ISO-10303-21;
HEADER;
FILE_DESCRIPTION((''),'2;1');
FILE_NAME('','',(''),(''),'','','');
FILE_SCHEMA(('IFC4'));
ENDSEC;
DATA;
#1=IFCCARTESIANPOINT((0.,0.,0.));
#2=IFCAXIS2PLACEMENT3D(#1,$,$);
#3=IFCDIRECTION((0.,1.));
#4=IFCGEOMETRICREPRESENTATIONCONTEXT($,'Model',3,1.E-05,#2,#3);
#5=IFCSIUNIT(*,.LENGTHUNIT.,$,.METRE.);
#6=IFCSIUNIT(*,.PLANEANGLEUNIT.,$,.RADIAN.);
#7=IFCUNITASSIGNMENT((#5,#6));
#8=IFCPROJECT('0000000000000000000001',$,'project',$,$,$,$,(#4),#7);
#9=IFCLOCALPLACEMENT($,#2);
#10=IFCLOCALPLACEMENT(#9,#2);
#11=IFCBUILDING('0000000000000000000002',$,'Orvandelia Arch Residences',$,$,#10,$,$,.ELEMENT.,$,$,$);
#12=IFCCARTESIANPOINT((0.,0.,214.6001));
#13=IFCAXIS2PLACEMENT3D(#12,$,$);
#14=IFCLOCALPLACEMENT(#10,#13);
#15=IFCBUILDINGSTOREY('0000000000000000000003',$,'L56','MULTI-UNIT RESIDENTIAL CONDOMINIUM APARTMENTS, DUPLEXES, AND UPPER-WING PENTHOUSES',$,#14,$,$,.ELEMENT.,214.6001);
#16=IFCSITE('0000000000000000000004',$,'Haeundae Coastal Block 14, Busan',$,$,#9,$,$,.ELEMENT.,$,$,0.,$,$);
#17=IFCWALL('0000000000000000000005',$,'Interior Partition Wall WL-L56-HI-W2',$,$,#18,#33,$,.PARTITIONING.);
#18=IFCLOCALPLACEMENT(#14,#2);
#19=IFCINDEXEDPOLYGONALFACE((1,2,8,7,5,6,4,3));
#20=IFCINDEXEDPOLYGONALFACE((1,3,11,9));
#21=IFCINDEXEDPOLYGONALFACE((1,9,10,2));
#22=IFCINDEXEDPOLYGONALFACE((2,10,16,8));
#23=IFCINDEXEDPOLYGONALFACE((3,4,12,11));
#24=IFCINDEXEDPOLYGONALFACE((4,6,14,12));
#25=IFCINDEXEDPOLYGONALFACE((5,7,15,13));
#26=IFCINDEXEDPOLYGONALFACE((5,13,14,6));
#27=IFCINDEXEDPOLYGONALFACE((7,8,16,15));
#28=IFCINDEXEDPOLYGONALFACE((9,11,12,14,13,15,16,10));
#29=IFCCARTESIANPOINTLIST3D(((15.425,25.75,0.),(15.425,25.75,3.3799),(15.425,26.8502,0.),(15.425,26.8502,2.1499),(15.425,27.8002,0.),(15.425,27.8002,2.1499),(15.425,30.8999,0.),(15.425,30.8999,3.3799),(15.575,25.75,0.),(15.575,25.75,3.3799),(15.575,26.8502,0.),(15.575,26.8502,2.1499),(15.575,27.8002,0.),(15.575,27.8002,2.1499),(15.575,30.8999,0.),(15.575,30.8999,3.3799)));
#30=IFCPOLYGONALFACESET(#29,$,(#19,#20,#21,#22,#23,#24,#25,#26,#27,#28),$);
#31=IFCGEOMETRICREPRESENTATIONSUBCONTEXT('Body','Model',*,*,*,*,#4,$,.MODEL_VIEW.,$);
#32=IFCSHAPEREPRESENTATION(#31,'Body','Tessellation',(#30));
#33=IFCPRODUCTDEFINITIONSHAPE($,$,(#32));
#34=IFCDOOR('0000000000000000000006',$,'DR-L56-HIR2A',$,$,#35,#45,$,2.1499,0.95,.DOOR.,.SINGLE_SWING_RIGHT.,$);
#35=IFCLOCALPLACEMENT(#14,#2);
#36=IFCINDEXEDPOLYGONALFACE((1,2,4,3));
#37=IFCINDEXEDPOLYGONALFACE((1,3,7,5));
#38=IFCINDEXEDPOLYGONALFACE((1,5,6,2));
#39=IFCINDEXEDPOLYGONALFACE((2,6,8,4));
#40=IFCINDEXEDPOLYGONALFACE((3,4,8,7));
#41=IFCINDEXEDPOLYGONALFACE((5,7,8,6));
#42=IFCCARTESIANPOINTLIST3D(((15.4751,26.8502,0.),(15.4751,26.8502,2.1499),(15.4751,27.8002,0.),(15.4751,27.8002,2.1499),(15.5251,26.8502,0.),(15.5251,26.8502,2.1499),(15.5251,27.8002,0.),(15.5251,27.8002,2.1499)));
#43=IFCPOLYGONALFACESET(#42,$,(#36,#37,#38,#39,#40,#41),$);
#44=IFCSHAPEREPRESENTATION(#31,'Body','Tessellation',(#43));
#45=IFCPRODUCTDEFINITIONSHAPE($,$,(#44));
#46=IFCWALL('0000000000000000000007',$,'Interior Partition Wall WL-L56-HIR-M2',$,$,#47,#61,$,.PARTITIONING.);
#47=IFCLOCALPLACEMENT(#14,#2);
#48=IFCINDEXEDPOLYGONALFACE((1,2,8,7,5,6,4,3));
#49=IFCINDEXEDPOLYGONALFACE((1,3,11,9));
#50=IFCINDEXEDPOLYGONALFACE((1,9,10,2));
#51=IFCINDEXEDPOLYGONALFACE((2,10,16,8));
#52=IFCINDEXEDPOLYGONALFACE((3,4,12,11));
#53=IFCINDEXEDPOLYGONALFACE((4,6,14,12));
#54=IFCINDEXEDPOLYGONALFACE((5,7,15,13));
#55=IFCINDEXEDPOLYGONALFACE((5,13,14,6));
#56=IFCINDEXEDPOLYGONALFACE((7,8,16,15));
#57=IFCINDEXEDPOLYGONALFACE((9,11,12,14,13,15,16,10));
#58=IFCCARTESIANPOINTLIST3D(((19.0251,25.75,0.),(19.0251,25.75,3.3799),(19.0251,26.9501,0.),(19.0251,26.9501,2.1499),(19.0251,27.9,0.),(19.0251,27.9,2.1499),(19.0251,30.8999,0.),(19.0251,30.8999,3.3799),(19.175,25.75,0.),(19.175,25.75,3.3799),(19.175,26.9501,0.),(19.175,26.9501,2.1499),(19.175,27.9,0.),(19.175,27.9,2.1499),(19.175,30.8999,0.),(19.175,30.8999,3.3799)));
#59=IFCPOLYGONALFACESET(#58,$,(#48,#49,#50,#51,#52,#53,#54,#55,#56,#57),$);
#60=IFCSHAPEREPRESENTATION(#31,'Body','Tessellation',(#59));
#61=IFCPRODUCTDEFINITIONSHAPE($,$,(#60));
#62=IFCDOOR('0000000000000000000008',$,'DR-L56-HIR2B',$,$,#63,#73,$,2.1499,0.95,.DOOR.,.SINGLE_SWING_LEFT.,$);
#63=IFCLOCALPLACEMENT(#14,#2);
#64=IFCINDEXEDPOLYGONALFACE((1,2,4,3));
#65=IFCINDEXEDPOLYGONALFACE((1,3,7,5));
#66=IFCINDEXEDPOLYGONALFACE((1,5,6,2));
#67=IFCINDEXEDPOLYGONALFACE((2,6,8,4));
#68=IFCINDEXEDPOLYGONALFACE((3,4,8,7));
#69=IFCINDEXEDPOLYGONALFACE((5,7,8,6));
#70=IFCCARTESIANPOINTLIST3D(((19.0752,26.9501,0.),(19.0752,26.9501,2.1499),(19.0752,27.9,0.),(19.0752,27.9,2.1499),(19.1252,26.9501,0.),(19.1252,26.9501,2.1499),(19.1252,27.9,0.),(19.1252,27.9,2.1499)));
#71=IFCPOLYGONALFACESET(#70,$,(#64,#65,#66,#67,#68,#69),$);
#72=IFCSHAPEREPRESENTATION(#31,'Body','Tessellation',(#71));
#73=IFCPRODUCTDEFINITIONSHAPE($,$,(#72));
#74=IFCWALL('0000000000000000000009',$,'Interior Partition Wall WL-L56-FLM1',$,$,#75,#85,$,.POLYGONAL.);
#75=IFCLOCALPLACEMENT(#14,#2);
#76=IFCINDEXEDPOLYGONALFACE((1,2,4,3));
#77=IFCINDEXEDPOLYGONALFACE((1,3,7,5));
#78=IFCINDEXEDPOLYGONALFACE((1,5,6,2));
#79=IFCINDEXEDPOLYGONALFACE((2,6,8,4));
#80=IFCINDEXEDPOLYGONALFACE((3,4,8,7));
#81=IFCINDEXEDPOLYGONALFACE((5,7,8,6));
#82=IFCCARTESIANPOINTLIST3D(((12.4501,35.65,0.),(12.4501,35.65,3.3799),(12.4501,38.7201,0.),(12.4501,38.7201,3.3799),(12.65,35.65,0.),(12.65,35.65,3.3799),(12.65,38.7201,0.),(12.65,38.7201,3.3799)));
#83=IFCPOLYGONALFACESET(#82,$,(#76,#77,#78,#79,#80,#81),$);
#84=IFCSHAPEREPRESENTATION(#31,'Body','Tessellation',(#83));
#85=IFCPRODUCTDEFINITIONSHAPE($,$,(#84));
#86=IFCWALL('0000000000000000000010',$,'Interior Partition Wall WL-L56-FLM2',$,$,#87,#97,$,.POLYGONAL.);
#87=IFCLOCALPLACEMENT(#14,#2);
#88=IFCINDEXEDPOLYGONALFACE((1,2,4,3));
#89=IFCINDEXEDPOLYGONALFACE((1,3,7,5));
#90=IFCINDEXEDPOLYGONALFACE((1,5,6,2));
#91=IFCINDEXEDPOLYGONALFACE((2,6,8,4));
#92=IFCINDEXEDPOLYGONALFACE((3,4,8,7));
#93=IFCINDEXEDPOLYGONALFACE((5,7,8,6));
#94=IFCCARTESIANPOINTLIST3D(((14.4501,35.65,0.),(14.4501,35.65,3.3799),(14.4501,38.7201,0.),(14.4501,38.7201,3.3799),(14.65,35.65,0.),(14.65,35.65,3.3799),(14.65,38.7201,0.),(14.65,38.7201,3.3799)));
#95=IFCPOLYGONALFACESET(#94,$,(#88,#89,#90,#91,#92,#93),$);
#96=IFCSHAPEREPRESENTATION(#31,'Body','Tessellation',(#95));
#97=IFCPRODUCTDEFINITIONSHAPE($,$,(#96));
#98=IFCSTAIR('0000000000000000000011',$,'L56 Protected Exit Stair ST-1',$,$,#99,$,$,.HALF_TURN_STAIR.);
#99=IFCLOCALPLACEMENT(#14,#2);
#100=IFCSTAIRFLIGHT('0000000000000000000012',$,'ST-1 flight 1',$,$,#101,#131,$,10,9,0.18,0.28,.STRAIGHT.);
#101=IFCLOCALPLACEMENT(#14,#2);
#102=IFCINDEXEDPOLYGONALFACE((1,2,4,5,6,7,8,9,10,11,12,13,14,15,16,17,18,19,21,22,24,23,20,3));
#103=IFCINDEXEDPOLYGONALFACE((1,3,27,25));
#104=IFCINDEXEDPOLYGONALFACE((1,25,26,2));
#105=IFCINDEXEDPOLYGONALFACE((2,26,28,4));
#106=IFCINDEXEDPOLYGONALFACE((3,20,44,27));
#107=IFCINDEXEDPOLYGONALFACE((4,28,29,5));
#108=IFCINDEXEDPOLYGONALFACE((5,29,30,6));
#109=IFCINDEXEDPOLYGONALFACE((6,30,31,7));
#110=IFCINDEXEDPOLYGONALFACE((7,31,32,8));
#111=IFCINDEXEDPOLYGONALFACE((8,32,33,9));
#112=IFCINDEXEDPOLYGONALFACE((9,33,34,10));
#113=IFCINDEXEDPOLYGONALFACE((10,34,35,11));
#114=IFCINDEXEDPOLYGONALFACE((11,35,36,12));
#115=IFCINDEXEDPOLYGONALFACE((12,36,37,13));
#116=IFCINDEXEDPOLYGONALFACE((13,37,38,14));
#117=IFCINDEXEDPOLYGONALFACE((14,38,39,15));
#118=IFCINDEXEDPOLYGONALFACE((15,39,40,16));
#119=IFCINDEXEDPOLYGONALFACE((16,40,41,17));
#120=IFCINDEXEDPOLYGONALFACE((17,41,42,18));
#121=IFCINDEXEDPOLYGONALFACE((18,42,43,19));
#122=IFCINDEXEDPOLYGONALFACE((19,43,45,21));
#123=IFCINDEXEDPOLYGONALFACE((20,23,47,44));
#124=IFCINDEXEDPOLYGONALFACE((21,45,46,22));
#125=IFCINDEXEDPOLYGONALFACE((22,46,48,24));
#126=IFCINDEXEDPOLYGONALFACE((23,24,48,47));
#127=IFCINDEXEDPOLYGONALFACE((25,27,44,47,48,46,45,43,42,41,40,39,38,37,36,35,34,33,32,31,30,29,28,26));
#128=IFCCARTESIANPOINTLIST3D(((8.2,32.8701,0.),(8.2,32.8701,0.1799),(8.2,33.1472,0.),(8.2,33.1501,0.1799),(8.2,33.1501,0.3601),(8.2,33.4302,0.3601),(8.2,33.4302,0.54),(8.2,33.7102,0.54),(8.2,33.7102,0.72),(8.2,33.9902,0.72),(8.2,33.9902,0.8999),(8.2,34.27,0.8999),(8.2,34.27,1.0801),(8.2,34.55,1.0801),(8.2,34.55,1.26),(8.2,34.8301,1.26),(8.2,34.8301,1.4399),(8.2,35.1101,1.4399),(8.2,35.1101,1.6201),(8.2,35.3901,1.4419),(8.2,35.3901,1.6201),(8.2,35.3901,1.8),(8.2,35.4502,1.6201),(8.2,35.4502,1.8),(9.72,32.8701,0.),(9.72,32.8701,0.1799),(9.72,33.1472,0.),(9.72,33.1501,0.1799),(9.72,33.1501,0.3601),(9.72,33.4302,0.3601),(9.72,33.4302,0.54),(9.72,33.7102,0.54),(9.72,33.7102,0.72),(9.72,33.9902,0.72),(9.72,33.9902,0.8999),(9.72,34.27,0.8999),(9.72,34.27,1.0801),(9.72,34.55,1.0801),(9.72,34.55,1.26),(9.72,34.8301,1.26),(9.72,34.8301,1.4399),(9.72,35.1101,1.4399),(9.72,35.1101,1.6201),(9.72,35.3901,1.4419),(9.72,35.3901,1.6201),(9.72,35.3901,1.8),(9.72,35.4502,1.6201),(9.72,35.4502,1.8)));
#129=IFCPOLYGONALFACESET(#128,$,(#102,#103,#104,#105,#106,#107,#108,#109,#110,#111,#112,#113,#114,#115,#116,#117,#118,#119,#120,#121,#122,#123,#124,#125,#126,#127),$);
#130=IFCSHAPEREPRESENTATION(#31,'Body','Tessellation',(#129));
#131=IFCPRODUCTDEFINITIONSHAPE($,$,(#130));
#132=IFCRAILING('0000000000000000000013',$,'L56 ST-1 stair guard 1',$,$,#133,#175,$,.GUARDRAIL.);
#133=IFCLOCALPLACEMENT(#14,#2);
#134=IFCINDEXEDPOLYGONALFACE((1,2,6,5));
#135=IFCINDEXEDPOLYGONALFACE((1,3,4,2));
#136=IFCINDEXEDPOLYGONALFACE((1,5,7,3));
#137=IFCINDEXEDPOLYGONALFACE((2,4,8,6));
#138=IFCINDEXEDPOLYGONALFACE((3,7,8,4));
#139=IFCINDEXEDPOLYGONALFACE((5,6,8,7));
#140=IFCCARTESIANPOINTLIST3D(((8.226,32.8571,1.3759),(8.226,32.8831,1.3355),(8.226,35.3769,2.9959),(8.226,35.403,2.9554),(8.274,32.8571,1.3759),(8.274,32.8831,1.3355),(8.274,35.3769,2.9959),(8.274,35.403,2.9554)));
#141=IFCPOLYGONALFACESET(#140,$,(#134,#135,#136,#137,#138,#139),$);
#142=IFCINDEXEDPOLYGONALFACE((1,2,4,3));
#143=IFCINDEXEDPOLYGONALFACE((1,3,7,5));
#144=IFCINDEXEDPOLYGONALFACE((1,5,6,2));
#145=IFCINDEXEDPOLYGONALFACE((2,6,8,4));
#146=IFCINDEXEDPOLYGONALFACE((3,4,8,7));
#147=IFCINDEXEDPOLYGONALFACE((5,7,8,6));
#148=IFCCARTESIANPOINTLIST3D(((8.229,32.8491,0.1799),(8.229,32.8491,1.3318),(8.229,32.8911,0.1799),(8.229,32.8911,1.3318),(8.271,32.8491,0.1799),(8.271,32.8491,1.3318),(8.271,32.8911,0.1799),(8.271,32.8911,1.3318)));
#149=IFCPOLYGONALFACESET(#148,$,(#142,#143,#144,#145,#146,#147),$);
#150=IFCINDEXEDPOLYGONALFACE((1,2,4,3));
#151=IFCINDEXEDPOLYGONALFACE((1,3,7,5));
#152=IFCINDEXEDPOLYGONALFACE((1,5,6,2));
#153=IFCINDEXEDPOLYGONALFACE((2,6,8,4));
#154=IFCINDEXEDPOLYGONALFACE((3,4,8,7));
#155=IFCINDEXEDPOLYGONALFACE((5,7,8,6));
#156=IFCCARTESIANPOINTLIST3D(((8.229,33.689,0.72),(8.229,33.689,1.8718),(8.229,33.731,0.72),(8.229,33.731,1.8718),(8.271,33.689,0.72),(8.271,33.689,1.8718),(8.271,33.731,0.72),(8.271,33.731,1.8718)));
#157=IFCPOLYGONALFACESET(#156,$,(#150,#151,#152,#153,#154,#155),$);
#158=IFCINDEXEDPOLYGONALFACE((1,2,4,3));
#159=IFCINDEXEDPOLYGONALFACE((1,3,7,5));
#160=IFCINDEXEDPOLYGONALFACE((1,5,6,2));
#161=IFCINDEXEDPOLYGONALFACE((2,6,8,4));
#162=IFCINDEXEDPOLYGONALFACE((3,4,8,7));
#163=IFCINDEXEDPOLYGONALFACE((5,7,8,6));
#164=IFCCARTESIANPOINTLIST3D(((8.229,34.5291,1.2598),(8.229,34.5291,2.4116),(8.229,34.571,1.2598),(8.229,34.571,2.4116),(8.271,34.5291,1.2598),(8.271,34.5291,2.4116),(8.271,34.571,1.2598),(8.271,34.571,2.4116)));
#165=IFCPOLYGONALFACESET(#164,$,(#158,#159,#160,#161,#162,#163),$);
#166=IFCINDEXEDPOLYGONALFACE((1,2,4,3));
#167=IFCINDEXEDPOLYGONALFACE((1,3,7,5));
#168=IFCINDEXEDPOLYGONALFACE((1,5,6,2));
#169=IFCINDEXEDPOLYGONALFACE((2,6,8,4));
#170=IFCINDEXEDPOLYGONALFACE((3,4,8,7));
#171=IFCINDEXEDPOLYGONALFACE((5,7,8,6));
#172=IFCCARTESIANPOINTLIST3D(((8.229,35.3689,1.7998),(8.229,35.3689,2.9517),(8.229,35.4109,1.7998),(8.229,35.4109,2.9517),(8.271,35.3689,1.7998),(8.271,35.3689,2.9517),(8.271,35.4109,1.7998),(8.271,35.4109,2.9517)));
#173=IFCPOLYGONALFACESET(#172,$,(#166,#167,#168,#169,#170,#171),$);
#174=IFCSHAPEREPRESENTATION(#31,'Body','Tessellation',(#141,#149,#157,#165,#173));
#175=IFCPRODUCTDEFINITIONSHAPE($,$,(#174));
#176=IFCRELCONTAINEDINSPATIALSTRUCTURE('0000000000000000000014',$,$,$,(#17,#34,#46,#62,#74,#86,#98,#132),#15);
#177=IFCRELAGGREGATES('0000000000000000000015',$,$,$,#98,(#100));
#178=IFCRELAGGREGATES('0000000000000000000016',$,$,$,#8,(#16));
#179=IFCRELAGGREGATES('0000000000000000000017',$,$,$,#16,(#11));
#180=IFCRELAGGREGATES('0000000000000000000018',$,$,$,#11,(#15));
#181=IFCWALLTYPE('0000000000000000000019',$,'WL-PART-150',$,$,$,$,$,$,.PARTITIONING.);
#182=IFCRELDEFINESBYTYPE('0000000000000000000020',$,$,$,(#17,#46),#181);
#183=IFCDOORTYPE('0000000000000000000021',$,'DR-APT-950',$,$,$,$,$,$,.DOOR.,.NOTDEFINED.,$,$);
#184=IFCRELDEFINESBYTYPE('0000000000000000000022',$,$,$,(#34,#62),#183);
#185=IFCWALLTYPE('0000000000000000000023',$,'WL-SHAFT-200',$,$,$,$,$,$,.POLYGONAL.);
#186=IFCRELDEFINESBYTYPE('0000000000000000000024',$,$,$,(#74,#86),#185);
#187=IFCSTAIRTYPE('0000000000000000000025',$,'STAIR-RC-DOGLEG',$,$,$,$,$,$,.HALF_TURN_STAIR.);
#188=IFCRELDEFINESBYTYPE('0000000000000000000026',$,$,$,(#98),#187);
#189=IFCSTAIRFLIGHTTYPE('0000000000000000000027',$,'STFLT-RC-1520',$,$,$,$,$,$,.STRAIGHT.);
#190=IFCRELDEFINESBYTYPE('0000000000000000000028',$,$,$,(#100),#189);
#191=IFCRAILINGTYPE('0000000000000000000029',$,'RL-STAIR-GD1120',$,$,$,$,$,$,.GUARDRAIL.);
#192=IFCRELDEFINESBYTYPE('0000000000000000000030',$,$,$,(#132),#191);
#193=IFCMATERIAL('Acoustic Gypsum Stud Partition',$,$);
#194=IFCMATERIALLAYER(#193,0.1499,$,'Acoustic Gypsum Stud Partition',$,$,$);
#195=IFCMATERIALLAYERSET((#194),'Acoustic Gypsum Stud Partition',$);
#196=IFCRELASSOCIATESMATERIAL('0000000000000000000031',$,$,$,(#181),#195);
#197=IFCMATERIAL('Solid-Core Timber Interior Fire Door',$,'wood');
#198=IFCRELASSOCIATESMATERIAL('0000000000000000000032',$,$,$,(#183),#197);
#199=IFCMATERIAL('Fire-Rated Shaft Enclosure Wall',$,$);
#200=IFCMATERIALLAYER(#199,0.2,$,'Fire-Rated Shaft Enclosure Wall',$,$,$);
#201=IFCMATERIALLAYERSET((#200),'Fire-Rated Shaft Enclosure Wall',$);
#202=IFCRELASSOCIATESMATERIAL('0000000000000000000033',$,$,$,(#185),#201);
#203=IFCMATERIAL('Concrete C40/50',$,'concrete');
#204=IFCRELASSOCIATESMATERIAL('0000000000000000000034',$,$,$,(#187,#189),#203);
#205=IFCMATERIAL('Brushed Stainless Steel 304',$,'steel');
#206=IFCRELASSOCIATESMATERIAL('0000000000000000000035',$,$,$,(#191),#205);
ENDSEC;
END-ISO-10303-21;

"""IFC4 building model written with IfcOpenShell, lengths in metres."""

from ifc_helpers import new_model, si_unit, direction, frame, frame_2d, origin, origin_2d, place, context, subcontext, project, spatial, polyline, rectangle, outline, extrude, material, layer, layer_set, type_object, element, fill, aggregate, save


model = new_model("IFC4")

# Units and contexts
model_context = context("Model", 3, precision=1e-05, world=origin(), true_north=direction((0.0, 1.0)))
body_context = subcontext(model_context, "Body", "Model", "MODEL_VIEW")
ifc_project = project(units=[si_unit("LENGTHUNIT", "METRE"), si_unit("PLANEANGLEUNIT", "RADIAN")], contexts=[model_context])

# Site, building, storey
site_placement = place(None, origin())
site = spatial("IfcSite", under=ifc_project, at=site_placement, Name="Haeundae Coastal Block 14, Busan", CompositionType="ELEMENT", RefElevation=0.0)
building_placement = place(site_placement, origin())
building = spatial("IfcBuilding", under=site, at=building_placement, Name="Orvandelia Arch Residences", CompositionType="ELEMENT")
storey_placement = place(building_placement, frame((0.0, 0.0, 214.6001)))
storey = spatial("IfcBuildingStorey", under=building, at=storey_placement, Name="L56", Description="MULTI-UNIT RESIDENTIAL CONDOMINIUM APARTMENTS, DUPLEXES, AND UPPER-WING PENTHOUSES", CompositionType="ELEMENT", Elevation=214.6001)

# Walls, openings, doors
ifc_material_1 = material(Name="Acoustic Gypsum Stud Partition")
ifc_layer_1 = layer(ifc_material_1, 0.1499, Name="Acoustic Gypsum Stud Partition")
ifc_layer_set_1 = layer_set([ifc_layer_1], Name="Acoustic Gypsum Stud Partition")
wall_type_1 = type_object("IfcWallType", Name="WL-PART-150", PredefinedType="PARTITIONING", material=ifc_layer_set_1)
ifc_material_2 = material(Name="Solid-Core Timber Interior Fire Door", Category="wood")
door_type_1 = type_object("IfcDoorType", Name="DR-APT-950", OperationType="NOTDEFINED", PredefinedType="DOOR", material=ifc_material_2)
wall_1_placement = place(storey_placement, frame((15.5, 25.75, 0.0), z_axis=(0.0, 0.0, 1.0), x_axis=(0.0, 1.0, 0.0)))
wall_1 = element("IfcWall", 1, at=wall_1_placement, inside=storey, type_object=wall_type_1, Name="Interior Partition Wall WL-L56-HI-W2", PredefinedType="PARTITIONING", context=body_context, shape_type="SweptSolid", body=[
    extrude(rectangle(XDim=5.1499, YDim=0.1499, at=frame_2d((2.575, 0.0))), origin(), (0.0, 0.0, 1.0), 3.3799),
])
opening_1_placement = place(wall_1_placement, frame((1.1001, 0.0, 0.0)))
opening_1 = element("IfcOpeningElement", 2, at=opening_1_placement, cuts=wall_1, PredefinedType="OPENING", context=body_context, shape_type="SweptSolid", body=[
    extrude(rectangle(XDim=0.95, YDim=2.1499, at=frame_2d((0.4751, 1.075))), frame((0.0, 0.085, 0.0), z_axis=(0.0, -1.0, 0.0), x_axis=(1.0, 0.0, 0.0)), (0.0, 0.0, 1.0), 0.1699),
])
door_1_placement = place(opening_1_placement, origin())
door_1 = element("IfcDoor", 3, at=door_1_placement, inside=storey, type_object=door_type_1, Name="DR-L56-HIR2A", OperationType="SINGLE_SWING_RIGHT", OverallHeight=2.1499, OverallWidth=0.95, PredefinedType="DOOR", context=body_context, shape_type="SweptSolid", body=[
    extrude(rectangle(XDim=0.95, YDim=2.1499, at=frame_2d((0.4751, 1.075))), frame((0.0, 0.0249, 0.0), z_axis=(0.0, -1.0, 0.0), x_axis=(1.0, 0.0, 0.0)), (0.0, 0.0, 1.0), 0.05),
])
fill(opening_1, door_1)
wall_2_placement = place(storey_placement, frame((19.1001, 25.75, 0.0), z_axis=(0.0, 0.0, 1.0), x_axis=(0.0, 1.0, 0.0)))
wall_2 = element("IfcWall", 4, at=wall_2_placement, inside=storey, type_object=wall_type_1, Name="Interior Partition Wall WL-L56-HIR-M2", PredefinedType="PARTITIONING", context=body_context, shape_type="SweptSolid", body=[
    extrude(rectangle(XDim=5.1499, YDim=0.1499, at=frame_2d((2.575, 0.0))), origin(), (0.0, 0.0, 1.0), 3.3799),
])
opening_2_placement = place(wall_2_placement, frame((1.2, 0.0, 0.0)))
opening_2 = element("IfcOpeningElement", 5, at=opening_2_placement, cuts=wall_2, PredefinedType="OPENING", context=body_context, shape_type="SweptSolid", body=[
    extrude(rectangle(XDim=0.95, YDim=2.1499, at=frame_2d((0.4751, 1.075))), frame((0.0, 0.085, 0.0), z_axis=(0.0, -1.0, 0.0), x_axis=(1.0, 0.0, 0.0)), (0.0, 0.0, 1.0), 0.1699),
])
door_2_placement = place(opening_2_placement, origin())
door_2 = element("IfcDoor", 6, at=door_2_placement, inside=storey, type_object=door_type_1, Name="DR-L56-HIR2B", OperationType="SINGLE_SWING_LEFT", OverallHeight=2.1499, OverallWidth=0.95, PredefinedType="DOOR", context=body_context, shape_type="SweptSolid", body=[
    extrude(rectangle(XDim=0.95, YDim=2.1499, at=frame_2d((0.4751, 1.075))), frame((0.0, 0.0249, 0.0), z_axis=(0.0, -1.0, 0.0), x_axis=(1.0, 0.0, 0.0)), (0.0, 0.0, 1.0), 0.05),
])
fill(opening_2, door_2)

# Walls
ifc_material_3 = material(Name="Fire-Rated Shaft Enclosure Wall")
ifc_layer_2 = layer(ifc_material_3, 0.2, Name="Fire-Rated Shaft Enclosure Wall")
ifc_layer_set_2 = layer_set([ifc_layer_2], Name="Fire-Rated Shaft Enclosure Wall")
wall_type_2 = type_object("IfcWallType", Name="WL-SHAFT-200", PredefinedType="POLYGONAL", material=ifc_layer_set_2)
for number, where, z_axis, x_axis, name in (
    (7, (12.55, 35.6499, 0.0), (0.0, 0.0, 1.0), (0.0, 1.0, 0.0), "Interior Partition Wall WL-L56-FLM1"),
    (8, (14.55, 35.6499, 0.0), (0.0, 0.0, 1.0), (0.0, 1.0, 0.0), "Interior Partition Wall WL-L56-FLM2"),
):
    element("IfcWall", number, at=place(storey_placement, frame(where, z_axis=z_axis, x_axis=x_axis)), inside=storey, type_object=wall_type_2, Name=name, PredefinedType="POLYGONAL", context=body_context, shape_type="SweptSolid", body=[
        extrude(rectangle(XDim=3.0701, YDim=0.2, at=frame_2d((1.5352, 0.0))), origin(), (0.0, 0.0, 1.0), 3.3799),
    ])

# Stair, stair flight
ifc_material_4 = material(Name="Concrete C40/50", Category="concrete")
stair_type = type_object("IfcStairType", Name="STAIR-RC-DOGLEG", PredefinedType="HALF_TURN_STAIR", material=ifc_material_4)
stair_placement = place(storey_placement, origin())
stair = element("IfcStair", 9, at=stair_placement, inside=storey, type_object=stair_type, Name="L56 Protected Exit Stair ST-1", PredefinedType="HALF_TURN_STAIR")
stair_flight_type = type_object("IfcStairFlightType", Name="STFLT-RC-1520", PredefinedType="STRAIGHT", material=ifc_material_4)
stair_flight_placement = place(storey_placement, frame((8.96, 32.8701, 0.0), z_axis=(0.0, 0.0, 1.0), x_axis=(0.0, 1.0, 0.0)))
stair_flight = element("IfcStairFlight", 10, at=stair_flight_placement, type_object=stair_flight_type, Name="ST-1 flight 1", NumberOfRisers=10, NumberOfTreads=9, PredefinedType="STRAIGHT", RiserHeight=0.18, TreadLength=0.28, context=body_context, shape_type="SweptSolid", body=[
    extrude(outline(polyline([(0.0, 0.0), (0.0, 0.1799), (0.28, 0.1799), (0.28, 0.3601), (0.5601, 0.3601), (0.5601, 0.54), (0.8401, 0.54), (0.8401, 0.72), (1.1201, 0.72), (1.1201, 0.8999), (1.3999, 0.8999), (1.3999, 1.0801), (1.6799, 1.0801), (1.6799, 1.26), (1.96, 1.26), (1.96, 1.4399), (2.24, 1.4399), (2.24, 1.6201), (2.52, 1.6201), (2.52, 1.8), (2.5801, 1.8), (2.5801, 1.6201), (2.52, 1.4419), (0.2771, 0.0), (0.0, 0.0)])), frame((0.0, 0.76, 0.0), z_axis=(0.0, -1.0, 0.0), x_axis=(1.0, 0.0, 0.0)), (0.0, 0.0, 1.0), 1.52),
])
aggregate(stair, [stair_flight])

# Railing
ifc_material_5 = material(Name="Brushed Stainless Steel 304", Category="steel")
railing_type_1 = type_object("IfcRailingType", Name="RL-STAIR-GD1120", PredefinedType="GUARDRAIL", material=ifc_material_5)
railing_1_placement = place(storey_placement, frame((8.25, 32.8701, 0.1799)))
element("IfcRailing", 11, at=railing_1_placement, inside=storey, type_object=railing_type_1, Name="L56 ST-1 stair guard 1", PredefinedType="GUARDRAIL", context=body_context, shape_type="SweptSolid", body=[
    extrude(rectangle(XDim=0.0481, YDim=0.0481, at=origin_2d()), frame((0.0, 0.0, 1.1758), z_axis=(0.0, 0.841176, 0.540762), x_axis=(-1.0, 0.0, 0.0)), (0.0, 0.0, 1.0), 2.9956),
    extrude(rectangle(XDim=0.042, YDim=0.042, at=origin_2d()), origin(), (0.0, 0.0, 1.0), 1.1519),
    extrude(rectangle(XDim=0.042, YDim=0.042, at=origin_2d()), frame((0.0, 0.8398, 0.54)), (0.0, 0.0, 1.0), 1.1519),
    extrude(rectangle(XDim=0.042, YDim=0.042, at=origin_2d()), frame((0.0, 1.6799, 1.0798)), (0.0, 0.0, 1.0), 1.1519),
    extrude(rectangle(XDim=0.042, YDim=0.042, at=origin_2d()), frame((0.0, 2.5198, 1.6199)), (0.0, 0.0, 1.0), 1.1519),
])

save(model, "model.ifc")
